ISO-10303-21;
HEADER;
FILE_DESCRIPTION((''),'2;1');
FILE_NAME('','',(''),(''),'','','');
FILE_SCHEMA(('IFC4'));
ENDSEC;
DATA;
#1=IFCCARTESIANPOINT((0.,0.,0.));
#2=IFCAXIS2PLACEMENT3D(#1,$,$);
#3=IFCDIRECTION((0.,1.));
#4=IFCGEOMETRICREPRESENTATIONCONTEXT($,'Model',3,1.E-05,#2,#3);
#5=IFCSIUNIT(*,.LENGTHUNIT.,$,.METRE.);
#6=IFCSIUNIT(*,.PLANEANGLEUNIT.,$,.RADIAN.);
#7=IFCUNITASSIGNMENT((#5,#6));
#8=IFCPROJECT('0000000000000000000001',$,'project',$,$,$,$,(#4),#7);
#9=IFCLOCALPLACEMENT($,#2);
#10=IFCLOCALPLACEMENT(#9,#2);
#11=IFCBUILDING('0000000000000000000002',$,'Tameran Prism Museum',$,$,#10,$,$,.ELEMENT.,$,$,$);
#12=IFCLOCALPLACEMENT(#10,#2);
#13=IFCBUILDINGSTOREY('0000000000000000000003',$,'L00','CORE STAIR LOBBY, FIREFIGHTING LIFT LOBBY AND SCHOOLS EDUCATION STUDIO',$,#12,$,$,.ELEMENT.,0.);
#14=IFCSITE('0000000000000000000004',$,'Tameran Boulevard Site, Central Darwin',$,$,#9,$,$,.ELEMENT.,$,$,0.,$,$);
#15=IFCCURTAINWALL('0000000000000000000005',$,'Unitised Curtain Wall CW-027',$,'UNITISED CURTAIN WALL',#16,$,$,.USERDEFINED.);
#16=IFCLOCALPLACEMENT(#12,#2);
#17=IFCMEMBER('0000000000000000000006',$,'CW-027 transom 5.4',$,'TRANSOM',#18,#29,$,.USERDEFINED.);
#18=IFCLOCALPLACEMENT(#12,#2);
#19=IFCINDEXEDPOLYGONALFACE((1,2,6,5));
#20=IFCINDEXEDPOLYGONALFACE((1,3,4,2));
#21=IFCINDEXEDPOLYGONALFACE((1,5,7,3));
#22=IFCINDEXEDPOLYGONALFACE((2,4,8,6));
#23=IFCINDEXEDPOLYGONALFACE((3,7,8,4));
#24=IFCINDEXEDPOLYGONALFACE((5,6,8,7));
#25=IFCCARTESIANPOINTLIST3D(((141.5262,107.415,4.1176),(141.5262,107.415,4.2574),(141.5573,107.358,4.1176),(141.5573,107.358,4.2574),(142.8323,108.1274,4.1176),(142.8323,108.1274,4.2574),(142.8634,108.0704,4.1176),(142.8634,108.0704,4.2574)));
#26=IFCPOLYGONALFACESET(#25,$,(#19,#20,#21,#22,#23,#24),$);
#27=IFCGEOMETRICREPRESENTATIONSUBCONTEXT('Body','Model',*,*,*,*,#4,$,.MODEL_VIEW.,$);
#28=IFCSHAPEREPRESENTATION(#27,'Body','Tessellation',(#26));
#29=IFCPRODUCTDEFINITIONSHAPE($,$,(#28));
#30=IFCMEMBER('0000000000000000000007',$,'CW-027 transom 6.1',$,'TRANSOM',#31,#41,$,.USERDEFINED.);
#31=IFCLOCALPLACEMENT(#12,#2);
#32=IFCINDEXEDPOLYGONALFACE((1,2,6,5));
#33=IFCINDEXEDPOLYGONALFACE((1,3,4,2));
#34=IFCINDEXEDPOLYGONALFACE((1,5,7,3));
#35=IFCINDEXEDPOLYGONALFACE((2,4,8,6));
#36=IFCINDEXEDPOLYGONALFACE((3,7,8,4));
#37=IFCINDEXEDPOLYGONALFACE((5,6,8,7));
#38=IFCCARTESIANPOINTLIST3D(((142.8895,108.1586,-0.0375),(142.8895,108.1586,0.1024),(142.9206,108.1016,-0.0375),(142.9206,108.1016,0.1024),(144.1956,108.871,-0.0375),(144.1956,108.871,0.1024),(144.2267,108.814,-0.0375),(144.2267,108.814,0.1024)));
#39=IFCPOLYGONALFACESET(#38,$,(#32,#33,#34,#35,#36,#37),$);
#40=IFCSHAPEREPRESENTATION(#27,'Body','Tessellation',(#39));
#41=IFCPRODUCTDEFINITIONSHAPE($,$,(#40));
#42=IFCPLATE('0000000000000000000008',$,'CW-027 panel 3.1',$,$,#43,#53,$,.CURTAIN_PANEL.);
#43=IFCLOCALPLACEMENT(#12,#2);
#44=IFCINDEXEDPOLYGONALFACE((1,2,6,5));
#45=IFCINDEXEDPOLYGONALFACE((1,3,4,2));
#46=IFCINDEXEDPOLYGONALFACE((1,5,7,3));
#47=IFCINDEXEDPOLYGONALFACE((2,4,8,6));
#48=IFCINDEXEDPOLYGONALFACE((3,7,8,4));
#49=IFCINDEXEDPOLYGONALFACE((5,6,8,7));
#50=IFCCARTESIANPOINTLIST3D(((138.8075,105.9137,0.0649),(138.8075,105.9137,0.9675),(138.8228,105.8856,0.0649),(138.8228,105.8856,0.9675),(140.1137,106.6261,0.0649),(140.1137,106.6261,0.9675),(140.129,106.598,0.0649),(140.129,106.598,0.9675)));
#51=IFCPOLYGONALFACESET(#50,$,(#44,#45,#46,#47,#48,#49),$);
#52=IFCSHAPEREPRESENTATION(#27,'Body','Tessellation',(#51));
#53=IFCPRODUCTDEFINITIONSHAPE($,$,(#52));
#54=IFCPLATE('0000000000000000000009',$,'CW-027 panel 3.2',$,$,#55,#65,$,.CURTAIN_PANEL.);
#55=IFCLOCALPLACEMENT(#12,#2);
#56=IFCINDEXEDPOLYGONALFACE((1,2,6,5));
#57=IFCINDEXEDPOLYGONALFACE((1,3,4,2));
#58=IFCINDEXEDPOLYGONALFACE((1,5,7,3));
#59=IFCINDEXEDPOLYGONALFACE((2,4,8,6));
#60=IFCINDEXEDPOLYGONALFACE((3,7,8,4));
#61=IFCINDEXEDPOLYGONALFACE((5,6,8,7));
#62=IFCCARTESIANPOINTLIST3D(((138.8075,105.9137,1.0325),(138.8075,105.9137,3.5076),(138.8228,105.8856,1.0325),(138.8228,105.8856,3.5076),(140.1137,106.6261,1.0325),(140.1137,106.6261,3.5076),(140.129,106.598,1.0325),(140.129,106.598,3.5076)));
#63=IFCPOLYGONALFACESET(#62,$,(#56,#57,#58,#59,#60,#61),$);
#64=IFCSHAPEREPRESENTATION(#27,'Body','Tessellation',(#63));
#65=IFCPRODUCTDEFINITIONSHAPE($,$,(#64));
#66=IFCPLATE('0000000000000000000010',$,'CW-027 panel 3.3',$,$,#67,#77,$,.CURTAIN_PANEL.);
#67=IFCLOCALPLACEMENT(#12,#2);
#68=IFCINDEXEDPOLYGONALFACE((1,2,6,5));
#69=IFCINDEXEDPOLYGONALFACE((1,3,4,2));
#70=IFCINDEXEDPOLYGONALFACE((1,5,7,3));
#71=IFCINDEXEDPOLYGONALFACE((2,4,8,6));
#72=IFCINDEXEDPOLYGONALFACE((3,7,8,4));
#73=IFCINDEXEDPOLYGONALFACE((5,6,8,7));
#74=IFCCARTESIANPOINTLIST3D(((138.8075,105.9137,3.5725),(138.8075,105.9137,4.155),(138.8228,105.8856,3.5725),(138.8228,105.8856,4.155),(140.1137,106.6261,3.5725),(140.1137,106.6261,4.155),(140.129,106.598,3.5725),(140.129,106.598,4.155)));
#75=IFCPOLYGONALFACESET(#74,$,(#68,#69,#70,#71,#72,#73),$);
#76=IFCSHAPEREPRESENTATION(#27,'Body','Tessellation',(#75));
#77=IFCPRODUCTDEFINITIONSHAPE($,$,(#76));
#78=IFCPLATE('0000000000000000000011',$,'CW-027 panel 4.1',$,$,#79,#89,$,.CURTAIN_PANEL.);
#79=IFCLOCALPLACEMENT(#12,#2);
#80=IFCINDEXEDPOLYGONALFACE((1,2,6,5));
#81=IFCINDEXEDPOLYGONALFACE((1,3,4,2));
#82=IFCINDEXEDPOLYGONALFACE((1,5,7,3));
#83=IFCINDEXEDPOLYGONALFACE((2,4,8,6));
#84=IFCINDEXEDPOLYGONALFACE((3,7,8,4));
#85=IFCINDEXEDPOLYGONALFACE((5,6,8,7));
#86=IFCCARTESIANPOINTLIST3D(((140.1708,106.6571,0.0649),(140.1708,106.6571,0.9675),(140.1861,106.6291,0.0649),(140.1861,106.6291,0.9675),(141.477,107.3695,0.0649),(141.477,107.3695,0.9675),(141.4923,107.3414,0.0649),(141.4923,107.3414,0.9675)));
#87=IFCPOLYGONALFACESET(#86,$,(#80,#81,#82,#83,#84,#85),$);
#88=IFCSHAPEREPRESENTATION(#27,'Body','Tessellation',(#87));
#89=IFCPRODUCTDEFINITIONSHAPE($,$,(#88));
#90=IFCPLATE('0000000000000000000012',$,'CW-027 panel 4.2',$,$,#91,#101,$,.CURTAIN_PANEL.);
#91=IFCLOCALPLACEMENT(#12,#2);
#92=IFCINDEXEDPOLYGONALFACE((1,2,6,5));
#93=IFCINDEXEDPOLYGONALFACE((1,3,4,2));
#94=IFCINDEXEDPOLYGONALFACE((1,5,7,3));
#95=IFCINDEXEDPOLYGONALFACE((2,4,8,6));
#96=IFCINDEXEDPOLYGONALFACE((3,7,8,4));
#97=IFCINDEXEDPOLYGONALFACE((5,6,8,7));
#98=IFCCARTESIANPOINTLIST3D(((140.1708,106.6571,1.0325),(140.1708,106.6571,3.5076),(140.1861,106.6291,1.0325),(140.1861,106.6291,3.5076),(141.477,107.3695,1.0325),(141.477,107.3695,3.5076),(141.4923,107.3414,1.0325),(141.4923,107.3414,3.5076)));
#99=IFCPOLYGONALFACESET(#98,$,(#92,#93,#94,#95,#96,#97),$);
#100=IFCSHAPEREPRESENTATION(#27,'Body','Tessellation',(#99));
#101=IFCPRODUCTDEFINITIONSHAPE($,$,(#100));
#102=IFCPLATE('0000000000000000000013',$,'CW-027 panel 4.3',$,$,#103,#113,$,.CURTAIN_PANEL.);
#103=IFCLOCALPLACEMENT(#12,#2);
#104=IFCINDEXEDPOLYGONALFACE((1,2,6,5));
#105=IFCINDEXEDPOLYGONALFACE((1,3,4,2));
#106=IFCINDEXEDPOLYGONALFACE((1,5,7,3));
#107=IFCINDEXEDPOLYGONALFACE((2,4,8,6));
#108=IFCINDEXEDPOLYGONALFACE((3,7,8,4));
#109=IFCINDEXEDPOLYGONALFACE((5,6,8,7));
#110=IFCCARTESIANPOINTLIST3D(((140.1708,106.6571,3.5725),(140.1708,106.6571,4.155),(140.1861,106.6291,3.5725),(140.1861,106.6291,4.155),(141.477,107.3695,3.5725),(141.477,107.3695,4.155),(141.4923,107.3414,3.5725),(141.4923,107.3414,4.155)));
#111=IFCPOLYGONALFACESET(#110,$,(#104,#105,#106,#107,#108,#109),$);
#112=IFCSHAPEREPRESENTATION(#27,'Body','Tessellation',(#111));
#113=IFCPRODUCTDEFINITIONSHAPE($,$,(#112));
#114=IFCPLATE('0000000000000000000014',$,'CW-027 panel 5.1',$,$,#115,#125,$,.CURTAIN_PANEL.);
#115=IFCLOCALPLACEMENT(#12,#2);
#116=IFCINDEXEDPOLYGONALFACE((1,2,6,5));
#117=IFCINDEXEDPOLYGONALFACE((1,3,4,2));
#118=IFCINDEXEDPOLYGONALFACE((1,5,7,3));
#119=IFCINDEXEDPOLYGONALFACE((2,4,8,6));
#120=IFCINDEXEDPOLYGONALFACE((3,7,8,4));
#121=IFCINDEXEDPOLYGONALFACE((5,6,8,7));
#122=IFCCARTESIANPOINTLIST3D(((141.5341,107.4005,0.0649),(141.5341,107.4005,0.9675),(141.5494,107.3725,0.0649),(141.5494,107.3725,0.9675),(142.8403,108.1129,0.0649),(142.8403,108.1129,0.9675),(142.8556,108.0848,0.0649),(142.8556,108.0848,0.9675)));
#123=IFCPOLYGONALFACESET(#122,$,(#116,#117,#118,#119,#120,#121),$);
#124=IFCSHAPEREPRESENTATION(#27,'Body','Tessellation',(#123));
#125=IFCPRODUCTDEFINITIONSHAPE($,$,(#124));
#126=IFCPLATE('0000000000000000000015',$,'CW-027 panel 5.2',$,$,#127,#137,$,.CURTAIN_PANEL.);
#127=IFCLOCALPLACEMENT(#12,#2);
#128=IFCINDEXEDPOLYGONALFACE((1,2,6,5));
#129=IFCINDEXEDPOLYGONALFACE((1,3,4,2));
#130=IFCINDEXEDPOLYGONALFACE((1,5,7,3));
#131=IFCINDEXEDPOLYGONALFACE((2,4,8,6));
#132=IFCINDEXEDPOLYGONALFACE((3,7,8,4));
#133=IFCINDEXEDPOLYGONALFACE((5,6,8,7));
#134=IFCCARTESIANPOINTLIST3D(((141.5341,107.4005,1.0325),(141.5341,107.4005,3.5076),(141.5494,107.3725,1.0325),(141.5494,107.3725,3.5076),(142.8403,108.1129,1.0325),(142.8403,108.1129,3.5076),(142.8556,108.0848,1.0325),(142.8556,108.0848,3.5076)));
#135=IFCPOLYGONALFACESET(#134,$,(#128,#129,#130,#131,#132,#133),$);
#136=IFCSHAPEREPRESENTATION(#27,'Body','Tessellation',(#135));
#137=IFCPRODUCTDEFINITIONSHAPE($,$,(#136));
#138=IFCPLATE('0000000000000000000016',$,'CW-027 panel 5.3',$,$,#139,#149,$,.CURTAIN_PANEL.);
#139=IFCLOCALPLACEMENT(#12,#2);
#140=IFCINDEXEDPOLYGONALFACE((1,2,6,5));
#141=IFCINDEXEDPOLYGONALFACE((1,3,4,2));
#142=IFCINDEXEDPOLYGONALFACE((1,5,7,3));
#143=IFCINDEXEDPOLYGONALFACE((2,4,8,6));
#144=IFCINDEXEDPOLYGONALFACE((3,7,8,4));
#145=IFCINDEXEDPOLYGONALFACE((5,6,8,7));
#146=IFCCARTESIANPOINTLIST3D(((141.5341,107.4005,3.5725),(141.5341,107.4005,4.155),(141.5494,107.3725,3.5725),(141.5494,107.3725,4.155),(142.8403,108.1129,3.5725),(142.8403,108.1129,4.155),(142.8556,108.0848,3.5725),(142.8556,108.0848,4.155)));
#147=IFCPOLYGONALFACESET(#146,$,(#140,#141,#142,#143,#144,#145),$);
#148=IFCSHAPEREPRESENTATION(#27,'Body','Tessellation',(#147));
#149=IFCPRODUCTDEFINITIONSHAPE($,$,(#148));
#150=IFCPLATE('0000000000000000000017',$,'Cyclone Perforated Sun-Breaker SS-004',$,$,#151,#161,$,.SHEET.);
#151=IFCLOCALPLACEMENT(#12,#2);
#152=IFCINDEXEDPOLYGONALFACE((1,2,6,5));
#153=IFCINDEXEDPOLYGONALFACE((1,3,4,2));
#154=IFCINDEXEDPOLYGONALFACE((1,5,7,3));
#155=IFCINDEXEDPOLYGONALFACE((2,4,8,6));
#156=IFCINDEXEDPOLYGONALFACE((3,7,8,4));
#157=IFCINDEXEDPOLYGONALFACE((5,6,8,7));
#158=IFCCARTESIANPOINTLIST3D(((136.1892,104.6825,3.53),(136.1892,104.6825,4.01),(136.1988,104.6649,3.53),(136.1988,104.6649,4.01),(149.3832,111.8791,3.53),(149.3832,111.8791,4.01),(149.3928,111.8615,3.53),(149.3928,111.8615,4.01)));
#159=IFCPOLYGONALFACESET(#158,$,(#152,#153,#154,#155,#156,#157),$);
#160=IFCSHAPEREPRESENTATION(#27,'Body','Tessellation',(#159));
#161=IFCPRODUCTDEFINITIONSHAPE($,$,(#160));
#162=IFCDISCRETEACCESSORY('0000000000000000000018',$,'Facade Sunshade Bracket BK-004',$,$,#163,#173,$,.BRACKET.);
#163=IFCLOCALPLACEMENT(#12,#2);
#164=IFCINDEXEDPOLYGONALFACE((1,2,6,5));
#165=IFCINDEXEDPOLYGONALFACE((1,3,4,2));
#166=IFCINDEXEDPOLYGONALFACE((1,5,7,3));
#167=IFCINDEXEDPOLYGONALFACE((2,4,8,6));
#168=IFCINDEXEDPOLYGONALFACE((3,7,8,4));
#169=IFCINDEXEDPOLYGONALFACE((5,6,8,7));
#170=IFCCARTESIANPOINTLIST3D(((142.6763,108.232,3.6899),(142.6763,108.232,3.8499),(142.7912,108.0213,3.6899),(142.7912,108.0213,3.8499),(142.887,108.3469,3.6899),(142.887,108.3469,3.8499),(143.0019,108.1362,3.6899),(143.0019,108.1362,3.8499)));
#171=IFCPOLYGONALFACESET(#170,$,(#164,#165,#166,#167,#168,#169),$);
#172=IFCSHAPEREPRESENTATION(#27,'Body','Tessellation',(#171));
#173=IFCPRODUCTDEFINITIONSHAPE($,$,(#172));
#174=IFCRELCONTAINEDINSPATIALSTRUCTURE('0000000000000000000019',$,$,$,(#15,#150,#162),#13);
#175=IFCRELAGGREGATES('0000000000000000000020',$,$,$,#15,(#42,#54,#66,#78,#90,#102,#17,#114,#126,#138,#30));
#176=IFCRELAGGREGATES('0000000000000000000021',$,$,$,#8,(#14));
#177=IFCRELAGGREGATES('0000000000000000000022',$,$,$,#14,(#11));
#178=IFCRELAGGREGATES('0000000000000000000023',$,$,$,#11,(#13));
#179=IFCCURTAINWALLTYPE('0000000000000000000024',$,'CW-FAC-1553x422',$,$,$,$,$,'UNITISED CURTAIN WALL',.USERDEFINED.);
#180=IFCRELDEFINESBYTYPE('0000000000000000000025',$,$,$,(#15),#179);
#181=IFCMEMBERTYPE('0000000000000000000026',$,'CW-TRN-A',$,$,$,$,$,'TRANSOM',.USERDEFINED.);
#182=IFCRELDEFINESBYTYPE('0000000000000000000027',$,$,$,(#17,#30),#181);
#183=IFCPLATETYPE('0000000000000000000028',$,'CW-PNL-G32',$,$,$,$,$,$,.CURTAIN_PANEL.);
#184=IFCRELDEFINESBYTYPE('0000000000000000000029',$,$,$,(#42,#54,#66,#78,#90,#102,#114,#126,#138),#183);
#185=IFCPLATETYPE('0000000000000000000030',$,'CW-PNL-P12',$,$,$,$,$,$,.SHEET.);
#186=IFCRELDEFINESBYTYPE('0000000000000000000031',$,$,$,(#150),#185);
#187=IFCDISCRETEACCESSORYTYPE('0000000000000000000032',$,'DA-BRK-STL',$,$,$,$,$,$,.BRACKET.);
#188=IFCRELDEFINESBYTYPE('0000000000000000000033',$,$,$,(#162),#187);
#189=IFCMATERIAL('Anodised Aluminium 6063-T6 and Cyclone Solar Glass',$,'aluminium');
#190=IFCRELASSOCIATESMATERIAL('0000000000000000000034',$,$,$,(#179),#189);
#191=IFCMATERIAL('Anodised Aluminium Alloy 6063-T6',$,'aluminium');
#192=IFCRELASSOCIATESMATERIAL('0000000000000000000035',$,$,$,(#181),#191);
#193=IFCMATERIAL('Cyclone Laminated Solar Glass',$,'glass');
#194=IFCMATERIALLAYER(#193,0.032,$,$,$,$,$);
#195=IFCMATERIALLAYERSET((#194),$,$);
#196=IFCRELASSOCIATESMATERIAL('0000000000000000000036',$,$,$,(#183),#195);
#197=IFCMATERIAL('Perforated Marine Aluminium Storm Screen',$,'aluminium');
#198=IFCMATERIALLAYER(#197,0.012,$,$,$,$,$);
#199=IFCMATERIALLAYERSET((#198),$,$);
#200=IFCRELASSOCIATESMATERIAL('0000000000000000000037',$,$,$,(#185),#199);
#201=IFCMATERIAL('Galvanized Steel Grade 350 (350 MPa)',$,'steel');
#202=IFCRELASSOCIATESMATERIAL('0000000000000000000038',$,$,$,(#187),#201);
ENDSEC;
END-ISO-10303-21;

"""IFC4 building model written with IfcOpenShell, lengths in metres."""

from ifc_helpers import new_model, si_unit, direction, frame, origin, origin_2d, place, context, subcontext, project, spatial, rectangle, extrude, material, layer, layer_set, material_profile, profile_set, type_object, element, aggregate, save


model = new_model("IFC4")

# Units and contexts
model_context = context("Model", 3, precision=1e-05, world=origin(), true_north=direction((0.0, 1.0)))
body_context = subcontext(model_context, "Body", "Model", "MODEL_VIEW")
ifc_project = project(units=[si_unit("LENGTHUNIT", "METRE"), si_unit("PLANEANGLEUNIT", "RADIAN")], contexts=[model_context])

# Site, building, storey
site_placement = place(None, origin())
site = spatial("IfcSite", under=ifc_project, at=site_placement, Name="Tameran Boulevard Site, Central Darwin", CompositionType="ELEMENT", RefElevation=0.0)
building_placement = place(site_placement, origin())
building = spatial("IfcBuilding", under=site, at=building_placement, Name="Tameran Prism Museum", CompositionType="ELEMENT")
storey_placement = place(building_placement, origin())
storey = spatial("IfcBuildingStorey", under=building, at=storey_placement, Name="L00", Description="CORE STAIR LOBBY, FIREFIGHTING LIFT LOBBY AND SCHOOLS EDUCATION STUDIO", CompositionType="ELEMENT", Elevation=0.0)

# Curtain wall, members, plates
ifc_material_1 = material(Name="Anodised Aluminium 6063-T6 and Cyclone Solar Glass", Category="aluminium")
curtain_wall_type = type_object("IfcCurtainWallType", Name="CW-FAC-1553x422", ElementType="UNITISED CURTAIN WALL", PredefinedType="USERDEFINED", material=ifc_material_1)
curtain_wall_placement = place(storey_placement, origin())
curtain_wall = element("IfcCurtainWall", 1, at=curtain_wall_placement, inside=storey, type_object=curtain_wall_type, Name="Unitised Curtain Wall CW-027", ObjectType="UNITISED CURTAIN WALL", PredefinedType="USERDEFINED")
ifc_material_2 = material(Name="Anodised Aluminium Alloy 6063-T6", Category="aluminium")
ifc_material_profile_1 = material_profile(ifc_material_2, rectangle(XDim=0.0649, YDim=0.1399, at=origin_2d()))
ifc_profile_set_1 = profile_set([ifc_material_profile_1])
member_type_1 = type_object("IfcMemberType", Name="CW-TRN-A", ElementType="TRANSOM", PredefinedType="USERDEFINED", material=ifc_profile_set_1)
member_1_placement = place(storey_placement, frame((141.5417, 107.3865, 4.1875), z_axis=(0.877908, 0.478829, 0.0), x_axis=(-0.478829, 0.877908, 0.0)))
member_1 = element("IfcMember", 2, at=member_1_placement, type_object=member_type_1, Name="CW-027 transom 5.4", ObjectType="TRANSOM", PredefinedType="USERDEFINED", context=body_context, shape_type="SweptSolid", body=[
    extrude(rectangle(XDim=0.0649, YDim=0.1399, at=origin_2d()), origin(), (0.0, 0.0, 1.0), 1.4878),
])
member_2_placement = place(storey_placement, frame((142.905, 108.1301, 0.0325), z_axis=(0.877908, 0.478829, 0.0), x_axis=(-0.478829, 0.877908, 0.0)))
member_2 = element("IfcMember", 3, at=member_2_placement, type_object=member_type_1, Name="CW-027 transom 6.1", ObjectType="TRANSOM", PredefinedType="USERDEFINED", context=body_context, shape_type="SweptSolid", body=[
    extrude(rectangle(XDim=0.0649, YDim=0.1399, at=origin_2d()), origin(), (0.0, 0.0, 1.0), 1.4878),
])
ifc_material_3 = material(Name="Cyclone Laminated Solar Glass", Category="glass")
ifc_layer_1 = layer(ifc_material_3, 0.032)
ifc_layer_set_1 = layer_set([ifc_layer_1])
plate_type_1 = type_object("IfcPlateType", Name="CW-PNL-G32", PredefinedType="CURTAIN_PANEL", material=ifc_layer_set_1)
plate_1_placement = place(storey_placement, frame((139.4683, 106.2559, 0.0649), z_axis=(0.0, 0.0, 1.0), x_axis=(0.877928, 0.478793, 0.0)))
plate_1 = element("IfcPlate", 4, at=plate_1_placement, type_object=plate_type_1, Name="CW-027 panel 3.1", PredefinedType="CURTAIN_PANEL", context=body_context, shape_type="SweptSolid", body=[
    extrude(rectangle(XDim=1.4878, YDim=0.032, at=origin_2d()), origin(), (0.0, 0.0, 1.0), 0.9026),
])
plate_2_placement = place(storey_placement, frame((139.4683, 106.2559, 1.0325), z_axis=(0.0, 0.0, 1.0), x_axis=(0.877928, 0.478793, 0.0)))
plate_2 = element("IfcPlate", 5, at=plate_2_placement, type_object=plate_type_1, Name="CW-027 panel 3.2", PredefinedType="CURTAIN_PANEL", context=body_context, shape_type="SweptSolid", body=[
    extrude(rectangle(XDim=1.4878, YDim=0.032, at=origin_2d()), origin(), (0.0, 0.0, 1.0), 2.4751),
])
plate_3_placement = place(storey_placement, frame((139.4683, 106.2559, 3.5725), z_axis=(0.0, 0.0, 1.0), x_axis=(0.877928, 0.478793, 0.0)))
plate_3 = element("IfcPlate", 6, at=plate_3_placement, type_object=plate_type_1, Name="CW-027 panel 3.3", PredefinedType="CURTAIN_PANEL", context=body_context, shape_type="SweptSolid", body=[
    extrude(rectangle(XDim=1.4878, YDim=0.032, at=origin_2d()), origin(), (0.0, 0.0, 1.0), 0.5825),
])
plate_4_placement = place(storey_placement, frame((140.8315, 106.9993, 0.0649), z_axis=(0.0, 0.0, 1.0), x_axis=(0.877928, 0.478793, 0.0)))
plate_4 = element("IfcPlate", 7, at=plate_4_placement, type_object=plate_type_1, Name="CW-027 panel 4.1", PredefinedType="CURTAIN_PANEL", context=body_context, shape_type="SweptSolid", body=[
    extrude(rectangle(XDim=1.4878, YDim=0.032, at=origin_2d()), origin(), (0.0, 0.0, 1.0), 0.9026),
])
plate_5_placement = place(storey_placement, frame((140.8315, 106.9993, 1.0325), z_axis=(0.0, 0.0, 1.0), x_axis=(0.877928, 0.478793, 0.0)))
plate_5 = element("IfcPlate", 8, at=plate_5_placement, type_object=plate_type_1, Name="CW-027 panel 4.2", PredefinedType="CURTAIN_PANEL", context=body_context, shape_type="SweptSolid", body=[
    extrude(rectangle(XDim=1.4878, YDim=0.032, at=origin_2d()), origin(), (0.0, 0.0, 1.0), 2.4751),
])
plate_6_placement = place(storey_placement, frame((140.8315, 106.9993, 3.5725), z_axis=(0.0, 0.0, 1.0), x_axis=(0.877928, 0.478793, 0.0)))
plate_6 = element("IfcPlate", 9, at=plate_6_placement, type_object=plate_type_1, Name="CW-027 panel 4.3", PredefinedType="CURTAIN_PANEL", context=body_context, shape_type="SweptSolid", body=[
    extrude(rectangle(XDim=1.4878, YDim=0.032, at=origin_2d()), origin(), (0.0, 0.0, 1.0), 0.5825),
])
plate_7_placement = place(storey_placement, frame((142.1948, 107.7427, 0.0649), z_axis=(0.0, 0.0, 1.0), x_axis=(0.877928, 0.478793, 0.0)))
plate_7 = element("IfcPlate", 10, at=plate_7_placement, type_object=plate_type_1, Name="CW-027 panel 5.1", PredefinedType="CURTAIN_PANEL", context=body_context, shape_type="SweptSolid", body=[
    extrude(rectangle(XDim=1.4878, YDim=0.032, at=origin_2d()), origin(), (0.0, 0.0, 1.0), 0.9026),
])
plate_8_placement = place(storey_placement, frame((142.1948, 107.7427, 1.0325), z_axis=(0.0, 0.0, 1.0), x_axis=(0.877928, 0.478793, 0.0)))
plate_8 = element("IfcPlate", 11, at=plate_8_placement, type_object=plate_type_1, Name="CW-027 panel 5.2", PredefinedType="CURTAIN_PANEL", context=body_context, shape_type="SweptSolid", body=[
    extrude(rectangle(XDim=1.4878, YDim=0.032, at=origin_2d()), origin(), (0.0, 0.0, 1.0), 2.4751),
])
plate_9_placement = place(storey_placement, frame((142.1948, 107.7427, 3.5725), z_axis=(0.0, 0.0, 1.0), x_axis=(0.877928, 0.478793, 0.0)))
plate_9 = element("IfcPlate", 12, at=plate_9_placement, type_object=plate_type_1, Name="CW-027 panel 5.3", PredefinedType="CURTAIN_PANEL", context=body_context, shape_type="SweptSolid", body=[
    extrude(rectangle(XDim=1.4878, YDim=0.032, at=origin_2d()), origin(), (0.0, 0.0, 1.0), 0.5825),
])
aggregate(curtain_wall, [plate_1, plate_2, plate_3, plate_4, plate_5, plate_6, member_1, plate_7, plate_8, plate_9, member_2])

# Plate
ifc_material_4 = material(Name="Perforated Marine Aluminium Storm Screen", Category="aluminium")
ifc_layer_2 = layer(ifc_material_4, 0.012)
ifc_layer_set_2 = layer_set([ifc_layer_2])
plate_type_2 = type_object("IfcPlateType", Name="CW-PNL-P12", PredefinedType="SHEET", material=ifc_layer_set_2)
plate_10_placement = place(storey_placement, frame((142.791, 108.272, 3.53), z_axis=(0.0, 0.0, 1.0), x_axis=(0.877899, 0.478845, 0.0)))
element("IfcPlate", 13, at=plate_10_placement, inside=storey, type_object=plate_type_2, Name="Cyclone Perforated Sun-Breaker SS-004", PredefinedType="SHEET", context=body_context, shape_type="SweptSolid", body=[
    extrude(rectangle(XDim=15.0291, YDim=0.02, at=origin_2d()), origin(), (0.0, 0.0, 1.0), 0.48),
])

# Discrete accessory
ifc_material_5 = material(Name="Galvanized Steel Grade 350 (350 MPa)", Category="steel")
discrete_accessory_type = type_object("IfcDiscreteAccessoryType", Name="DA-BRK-STL", PredefinedType="BRACKET", material=ifc_material_5)
discrete_accessory_placement = place(storey_placement, frame((142.8391, 108.1841, 3.6899), z_axis=(0.0, 0.0, 1.0), x_axis=(0.877899, 0.478845, 0.0)))
element("IfcDiscreteAccessory", 14, at=discrete_accessory_placement, inside=storey, type_object=discrete_accessory_type, Name="Facade Sunshade Bracket BK-004", PredefinedType="BRACKET", context=body_context, shape_type="SweptSolid", body=[
    extrude(rectangle(XDim=0.24, YDim=0.24, at=origin_2d()), origin(), (0.0, 0.0, 1.0), 0.1599),
])

save(model, "model.ifc")
